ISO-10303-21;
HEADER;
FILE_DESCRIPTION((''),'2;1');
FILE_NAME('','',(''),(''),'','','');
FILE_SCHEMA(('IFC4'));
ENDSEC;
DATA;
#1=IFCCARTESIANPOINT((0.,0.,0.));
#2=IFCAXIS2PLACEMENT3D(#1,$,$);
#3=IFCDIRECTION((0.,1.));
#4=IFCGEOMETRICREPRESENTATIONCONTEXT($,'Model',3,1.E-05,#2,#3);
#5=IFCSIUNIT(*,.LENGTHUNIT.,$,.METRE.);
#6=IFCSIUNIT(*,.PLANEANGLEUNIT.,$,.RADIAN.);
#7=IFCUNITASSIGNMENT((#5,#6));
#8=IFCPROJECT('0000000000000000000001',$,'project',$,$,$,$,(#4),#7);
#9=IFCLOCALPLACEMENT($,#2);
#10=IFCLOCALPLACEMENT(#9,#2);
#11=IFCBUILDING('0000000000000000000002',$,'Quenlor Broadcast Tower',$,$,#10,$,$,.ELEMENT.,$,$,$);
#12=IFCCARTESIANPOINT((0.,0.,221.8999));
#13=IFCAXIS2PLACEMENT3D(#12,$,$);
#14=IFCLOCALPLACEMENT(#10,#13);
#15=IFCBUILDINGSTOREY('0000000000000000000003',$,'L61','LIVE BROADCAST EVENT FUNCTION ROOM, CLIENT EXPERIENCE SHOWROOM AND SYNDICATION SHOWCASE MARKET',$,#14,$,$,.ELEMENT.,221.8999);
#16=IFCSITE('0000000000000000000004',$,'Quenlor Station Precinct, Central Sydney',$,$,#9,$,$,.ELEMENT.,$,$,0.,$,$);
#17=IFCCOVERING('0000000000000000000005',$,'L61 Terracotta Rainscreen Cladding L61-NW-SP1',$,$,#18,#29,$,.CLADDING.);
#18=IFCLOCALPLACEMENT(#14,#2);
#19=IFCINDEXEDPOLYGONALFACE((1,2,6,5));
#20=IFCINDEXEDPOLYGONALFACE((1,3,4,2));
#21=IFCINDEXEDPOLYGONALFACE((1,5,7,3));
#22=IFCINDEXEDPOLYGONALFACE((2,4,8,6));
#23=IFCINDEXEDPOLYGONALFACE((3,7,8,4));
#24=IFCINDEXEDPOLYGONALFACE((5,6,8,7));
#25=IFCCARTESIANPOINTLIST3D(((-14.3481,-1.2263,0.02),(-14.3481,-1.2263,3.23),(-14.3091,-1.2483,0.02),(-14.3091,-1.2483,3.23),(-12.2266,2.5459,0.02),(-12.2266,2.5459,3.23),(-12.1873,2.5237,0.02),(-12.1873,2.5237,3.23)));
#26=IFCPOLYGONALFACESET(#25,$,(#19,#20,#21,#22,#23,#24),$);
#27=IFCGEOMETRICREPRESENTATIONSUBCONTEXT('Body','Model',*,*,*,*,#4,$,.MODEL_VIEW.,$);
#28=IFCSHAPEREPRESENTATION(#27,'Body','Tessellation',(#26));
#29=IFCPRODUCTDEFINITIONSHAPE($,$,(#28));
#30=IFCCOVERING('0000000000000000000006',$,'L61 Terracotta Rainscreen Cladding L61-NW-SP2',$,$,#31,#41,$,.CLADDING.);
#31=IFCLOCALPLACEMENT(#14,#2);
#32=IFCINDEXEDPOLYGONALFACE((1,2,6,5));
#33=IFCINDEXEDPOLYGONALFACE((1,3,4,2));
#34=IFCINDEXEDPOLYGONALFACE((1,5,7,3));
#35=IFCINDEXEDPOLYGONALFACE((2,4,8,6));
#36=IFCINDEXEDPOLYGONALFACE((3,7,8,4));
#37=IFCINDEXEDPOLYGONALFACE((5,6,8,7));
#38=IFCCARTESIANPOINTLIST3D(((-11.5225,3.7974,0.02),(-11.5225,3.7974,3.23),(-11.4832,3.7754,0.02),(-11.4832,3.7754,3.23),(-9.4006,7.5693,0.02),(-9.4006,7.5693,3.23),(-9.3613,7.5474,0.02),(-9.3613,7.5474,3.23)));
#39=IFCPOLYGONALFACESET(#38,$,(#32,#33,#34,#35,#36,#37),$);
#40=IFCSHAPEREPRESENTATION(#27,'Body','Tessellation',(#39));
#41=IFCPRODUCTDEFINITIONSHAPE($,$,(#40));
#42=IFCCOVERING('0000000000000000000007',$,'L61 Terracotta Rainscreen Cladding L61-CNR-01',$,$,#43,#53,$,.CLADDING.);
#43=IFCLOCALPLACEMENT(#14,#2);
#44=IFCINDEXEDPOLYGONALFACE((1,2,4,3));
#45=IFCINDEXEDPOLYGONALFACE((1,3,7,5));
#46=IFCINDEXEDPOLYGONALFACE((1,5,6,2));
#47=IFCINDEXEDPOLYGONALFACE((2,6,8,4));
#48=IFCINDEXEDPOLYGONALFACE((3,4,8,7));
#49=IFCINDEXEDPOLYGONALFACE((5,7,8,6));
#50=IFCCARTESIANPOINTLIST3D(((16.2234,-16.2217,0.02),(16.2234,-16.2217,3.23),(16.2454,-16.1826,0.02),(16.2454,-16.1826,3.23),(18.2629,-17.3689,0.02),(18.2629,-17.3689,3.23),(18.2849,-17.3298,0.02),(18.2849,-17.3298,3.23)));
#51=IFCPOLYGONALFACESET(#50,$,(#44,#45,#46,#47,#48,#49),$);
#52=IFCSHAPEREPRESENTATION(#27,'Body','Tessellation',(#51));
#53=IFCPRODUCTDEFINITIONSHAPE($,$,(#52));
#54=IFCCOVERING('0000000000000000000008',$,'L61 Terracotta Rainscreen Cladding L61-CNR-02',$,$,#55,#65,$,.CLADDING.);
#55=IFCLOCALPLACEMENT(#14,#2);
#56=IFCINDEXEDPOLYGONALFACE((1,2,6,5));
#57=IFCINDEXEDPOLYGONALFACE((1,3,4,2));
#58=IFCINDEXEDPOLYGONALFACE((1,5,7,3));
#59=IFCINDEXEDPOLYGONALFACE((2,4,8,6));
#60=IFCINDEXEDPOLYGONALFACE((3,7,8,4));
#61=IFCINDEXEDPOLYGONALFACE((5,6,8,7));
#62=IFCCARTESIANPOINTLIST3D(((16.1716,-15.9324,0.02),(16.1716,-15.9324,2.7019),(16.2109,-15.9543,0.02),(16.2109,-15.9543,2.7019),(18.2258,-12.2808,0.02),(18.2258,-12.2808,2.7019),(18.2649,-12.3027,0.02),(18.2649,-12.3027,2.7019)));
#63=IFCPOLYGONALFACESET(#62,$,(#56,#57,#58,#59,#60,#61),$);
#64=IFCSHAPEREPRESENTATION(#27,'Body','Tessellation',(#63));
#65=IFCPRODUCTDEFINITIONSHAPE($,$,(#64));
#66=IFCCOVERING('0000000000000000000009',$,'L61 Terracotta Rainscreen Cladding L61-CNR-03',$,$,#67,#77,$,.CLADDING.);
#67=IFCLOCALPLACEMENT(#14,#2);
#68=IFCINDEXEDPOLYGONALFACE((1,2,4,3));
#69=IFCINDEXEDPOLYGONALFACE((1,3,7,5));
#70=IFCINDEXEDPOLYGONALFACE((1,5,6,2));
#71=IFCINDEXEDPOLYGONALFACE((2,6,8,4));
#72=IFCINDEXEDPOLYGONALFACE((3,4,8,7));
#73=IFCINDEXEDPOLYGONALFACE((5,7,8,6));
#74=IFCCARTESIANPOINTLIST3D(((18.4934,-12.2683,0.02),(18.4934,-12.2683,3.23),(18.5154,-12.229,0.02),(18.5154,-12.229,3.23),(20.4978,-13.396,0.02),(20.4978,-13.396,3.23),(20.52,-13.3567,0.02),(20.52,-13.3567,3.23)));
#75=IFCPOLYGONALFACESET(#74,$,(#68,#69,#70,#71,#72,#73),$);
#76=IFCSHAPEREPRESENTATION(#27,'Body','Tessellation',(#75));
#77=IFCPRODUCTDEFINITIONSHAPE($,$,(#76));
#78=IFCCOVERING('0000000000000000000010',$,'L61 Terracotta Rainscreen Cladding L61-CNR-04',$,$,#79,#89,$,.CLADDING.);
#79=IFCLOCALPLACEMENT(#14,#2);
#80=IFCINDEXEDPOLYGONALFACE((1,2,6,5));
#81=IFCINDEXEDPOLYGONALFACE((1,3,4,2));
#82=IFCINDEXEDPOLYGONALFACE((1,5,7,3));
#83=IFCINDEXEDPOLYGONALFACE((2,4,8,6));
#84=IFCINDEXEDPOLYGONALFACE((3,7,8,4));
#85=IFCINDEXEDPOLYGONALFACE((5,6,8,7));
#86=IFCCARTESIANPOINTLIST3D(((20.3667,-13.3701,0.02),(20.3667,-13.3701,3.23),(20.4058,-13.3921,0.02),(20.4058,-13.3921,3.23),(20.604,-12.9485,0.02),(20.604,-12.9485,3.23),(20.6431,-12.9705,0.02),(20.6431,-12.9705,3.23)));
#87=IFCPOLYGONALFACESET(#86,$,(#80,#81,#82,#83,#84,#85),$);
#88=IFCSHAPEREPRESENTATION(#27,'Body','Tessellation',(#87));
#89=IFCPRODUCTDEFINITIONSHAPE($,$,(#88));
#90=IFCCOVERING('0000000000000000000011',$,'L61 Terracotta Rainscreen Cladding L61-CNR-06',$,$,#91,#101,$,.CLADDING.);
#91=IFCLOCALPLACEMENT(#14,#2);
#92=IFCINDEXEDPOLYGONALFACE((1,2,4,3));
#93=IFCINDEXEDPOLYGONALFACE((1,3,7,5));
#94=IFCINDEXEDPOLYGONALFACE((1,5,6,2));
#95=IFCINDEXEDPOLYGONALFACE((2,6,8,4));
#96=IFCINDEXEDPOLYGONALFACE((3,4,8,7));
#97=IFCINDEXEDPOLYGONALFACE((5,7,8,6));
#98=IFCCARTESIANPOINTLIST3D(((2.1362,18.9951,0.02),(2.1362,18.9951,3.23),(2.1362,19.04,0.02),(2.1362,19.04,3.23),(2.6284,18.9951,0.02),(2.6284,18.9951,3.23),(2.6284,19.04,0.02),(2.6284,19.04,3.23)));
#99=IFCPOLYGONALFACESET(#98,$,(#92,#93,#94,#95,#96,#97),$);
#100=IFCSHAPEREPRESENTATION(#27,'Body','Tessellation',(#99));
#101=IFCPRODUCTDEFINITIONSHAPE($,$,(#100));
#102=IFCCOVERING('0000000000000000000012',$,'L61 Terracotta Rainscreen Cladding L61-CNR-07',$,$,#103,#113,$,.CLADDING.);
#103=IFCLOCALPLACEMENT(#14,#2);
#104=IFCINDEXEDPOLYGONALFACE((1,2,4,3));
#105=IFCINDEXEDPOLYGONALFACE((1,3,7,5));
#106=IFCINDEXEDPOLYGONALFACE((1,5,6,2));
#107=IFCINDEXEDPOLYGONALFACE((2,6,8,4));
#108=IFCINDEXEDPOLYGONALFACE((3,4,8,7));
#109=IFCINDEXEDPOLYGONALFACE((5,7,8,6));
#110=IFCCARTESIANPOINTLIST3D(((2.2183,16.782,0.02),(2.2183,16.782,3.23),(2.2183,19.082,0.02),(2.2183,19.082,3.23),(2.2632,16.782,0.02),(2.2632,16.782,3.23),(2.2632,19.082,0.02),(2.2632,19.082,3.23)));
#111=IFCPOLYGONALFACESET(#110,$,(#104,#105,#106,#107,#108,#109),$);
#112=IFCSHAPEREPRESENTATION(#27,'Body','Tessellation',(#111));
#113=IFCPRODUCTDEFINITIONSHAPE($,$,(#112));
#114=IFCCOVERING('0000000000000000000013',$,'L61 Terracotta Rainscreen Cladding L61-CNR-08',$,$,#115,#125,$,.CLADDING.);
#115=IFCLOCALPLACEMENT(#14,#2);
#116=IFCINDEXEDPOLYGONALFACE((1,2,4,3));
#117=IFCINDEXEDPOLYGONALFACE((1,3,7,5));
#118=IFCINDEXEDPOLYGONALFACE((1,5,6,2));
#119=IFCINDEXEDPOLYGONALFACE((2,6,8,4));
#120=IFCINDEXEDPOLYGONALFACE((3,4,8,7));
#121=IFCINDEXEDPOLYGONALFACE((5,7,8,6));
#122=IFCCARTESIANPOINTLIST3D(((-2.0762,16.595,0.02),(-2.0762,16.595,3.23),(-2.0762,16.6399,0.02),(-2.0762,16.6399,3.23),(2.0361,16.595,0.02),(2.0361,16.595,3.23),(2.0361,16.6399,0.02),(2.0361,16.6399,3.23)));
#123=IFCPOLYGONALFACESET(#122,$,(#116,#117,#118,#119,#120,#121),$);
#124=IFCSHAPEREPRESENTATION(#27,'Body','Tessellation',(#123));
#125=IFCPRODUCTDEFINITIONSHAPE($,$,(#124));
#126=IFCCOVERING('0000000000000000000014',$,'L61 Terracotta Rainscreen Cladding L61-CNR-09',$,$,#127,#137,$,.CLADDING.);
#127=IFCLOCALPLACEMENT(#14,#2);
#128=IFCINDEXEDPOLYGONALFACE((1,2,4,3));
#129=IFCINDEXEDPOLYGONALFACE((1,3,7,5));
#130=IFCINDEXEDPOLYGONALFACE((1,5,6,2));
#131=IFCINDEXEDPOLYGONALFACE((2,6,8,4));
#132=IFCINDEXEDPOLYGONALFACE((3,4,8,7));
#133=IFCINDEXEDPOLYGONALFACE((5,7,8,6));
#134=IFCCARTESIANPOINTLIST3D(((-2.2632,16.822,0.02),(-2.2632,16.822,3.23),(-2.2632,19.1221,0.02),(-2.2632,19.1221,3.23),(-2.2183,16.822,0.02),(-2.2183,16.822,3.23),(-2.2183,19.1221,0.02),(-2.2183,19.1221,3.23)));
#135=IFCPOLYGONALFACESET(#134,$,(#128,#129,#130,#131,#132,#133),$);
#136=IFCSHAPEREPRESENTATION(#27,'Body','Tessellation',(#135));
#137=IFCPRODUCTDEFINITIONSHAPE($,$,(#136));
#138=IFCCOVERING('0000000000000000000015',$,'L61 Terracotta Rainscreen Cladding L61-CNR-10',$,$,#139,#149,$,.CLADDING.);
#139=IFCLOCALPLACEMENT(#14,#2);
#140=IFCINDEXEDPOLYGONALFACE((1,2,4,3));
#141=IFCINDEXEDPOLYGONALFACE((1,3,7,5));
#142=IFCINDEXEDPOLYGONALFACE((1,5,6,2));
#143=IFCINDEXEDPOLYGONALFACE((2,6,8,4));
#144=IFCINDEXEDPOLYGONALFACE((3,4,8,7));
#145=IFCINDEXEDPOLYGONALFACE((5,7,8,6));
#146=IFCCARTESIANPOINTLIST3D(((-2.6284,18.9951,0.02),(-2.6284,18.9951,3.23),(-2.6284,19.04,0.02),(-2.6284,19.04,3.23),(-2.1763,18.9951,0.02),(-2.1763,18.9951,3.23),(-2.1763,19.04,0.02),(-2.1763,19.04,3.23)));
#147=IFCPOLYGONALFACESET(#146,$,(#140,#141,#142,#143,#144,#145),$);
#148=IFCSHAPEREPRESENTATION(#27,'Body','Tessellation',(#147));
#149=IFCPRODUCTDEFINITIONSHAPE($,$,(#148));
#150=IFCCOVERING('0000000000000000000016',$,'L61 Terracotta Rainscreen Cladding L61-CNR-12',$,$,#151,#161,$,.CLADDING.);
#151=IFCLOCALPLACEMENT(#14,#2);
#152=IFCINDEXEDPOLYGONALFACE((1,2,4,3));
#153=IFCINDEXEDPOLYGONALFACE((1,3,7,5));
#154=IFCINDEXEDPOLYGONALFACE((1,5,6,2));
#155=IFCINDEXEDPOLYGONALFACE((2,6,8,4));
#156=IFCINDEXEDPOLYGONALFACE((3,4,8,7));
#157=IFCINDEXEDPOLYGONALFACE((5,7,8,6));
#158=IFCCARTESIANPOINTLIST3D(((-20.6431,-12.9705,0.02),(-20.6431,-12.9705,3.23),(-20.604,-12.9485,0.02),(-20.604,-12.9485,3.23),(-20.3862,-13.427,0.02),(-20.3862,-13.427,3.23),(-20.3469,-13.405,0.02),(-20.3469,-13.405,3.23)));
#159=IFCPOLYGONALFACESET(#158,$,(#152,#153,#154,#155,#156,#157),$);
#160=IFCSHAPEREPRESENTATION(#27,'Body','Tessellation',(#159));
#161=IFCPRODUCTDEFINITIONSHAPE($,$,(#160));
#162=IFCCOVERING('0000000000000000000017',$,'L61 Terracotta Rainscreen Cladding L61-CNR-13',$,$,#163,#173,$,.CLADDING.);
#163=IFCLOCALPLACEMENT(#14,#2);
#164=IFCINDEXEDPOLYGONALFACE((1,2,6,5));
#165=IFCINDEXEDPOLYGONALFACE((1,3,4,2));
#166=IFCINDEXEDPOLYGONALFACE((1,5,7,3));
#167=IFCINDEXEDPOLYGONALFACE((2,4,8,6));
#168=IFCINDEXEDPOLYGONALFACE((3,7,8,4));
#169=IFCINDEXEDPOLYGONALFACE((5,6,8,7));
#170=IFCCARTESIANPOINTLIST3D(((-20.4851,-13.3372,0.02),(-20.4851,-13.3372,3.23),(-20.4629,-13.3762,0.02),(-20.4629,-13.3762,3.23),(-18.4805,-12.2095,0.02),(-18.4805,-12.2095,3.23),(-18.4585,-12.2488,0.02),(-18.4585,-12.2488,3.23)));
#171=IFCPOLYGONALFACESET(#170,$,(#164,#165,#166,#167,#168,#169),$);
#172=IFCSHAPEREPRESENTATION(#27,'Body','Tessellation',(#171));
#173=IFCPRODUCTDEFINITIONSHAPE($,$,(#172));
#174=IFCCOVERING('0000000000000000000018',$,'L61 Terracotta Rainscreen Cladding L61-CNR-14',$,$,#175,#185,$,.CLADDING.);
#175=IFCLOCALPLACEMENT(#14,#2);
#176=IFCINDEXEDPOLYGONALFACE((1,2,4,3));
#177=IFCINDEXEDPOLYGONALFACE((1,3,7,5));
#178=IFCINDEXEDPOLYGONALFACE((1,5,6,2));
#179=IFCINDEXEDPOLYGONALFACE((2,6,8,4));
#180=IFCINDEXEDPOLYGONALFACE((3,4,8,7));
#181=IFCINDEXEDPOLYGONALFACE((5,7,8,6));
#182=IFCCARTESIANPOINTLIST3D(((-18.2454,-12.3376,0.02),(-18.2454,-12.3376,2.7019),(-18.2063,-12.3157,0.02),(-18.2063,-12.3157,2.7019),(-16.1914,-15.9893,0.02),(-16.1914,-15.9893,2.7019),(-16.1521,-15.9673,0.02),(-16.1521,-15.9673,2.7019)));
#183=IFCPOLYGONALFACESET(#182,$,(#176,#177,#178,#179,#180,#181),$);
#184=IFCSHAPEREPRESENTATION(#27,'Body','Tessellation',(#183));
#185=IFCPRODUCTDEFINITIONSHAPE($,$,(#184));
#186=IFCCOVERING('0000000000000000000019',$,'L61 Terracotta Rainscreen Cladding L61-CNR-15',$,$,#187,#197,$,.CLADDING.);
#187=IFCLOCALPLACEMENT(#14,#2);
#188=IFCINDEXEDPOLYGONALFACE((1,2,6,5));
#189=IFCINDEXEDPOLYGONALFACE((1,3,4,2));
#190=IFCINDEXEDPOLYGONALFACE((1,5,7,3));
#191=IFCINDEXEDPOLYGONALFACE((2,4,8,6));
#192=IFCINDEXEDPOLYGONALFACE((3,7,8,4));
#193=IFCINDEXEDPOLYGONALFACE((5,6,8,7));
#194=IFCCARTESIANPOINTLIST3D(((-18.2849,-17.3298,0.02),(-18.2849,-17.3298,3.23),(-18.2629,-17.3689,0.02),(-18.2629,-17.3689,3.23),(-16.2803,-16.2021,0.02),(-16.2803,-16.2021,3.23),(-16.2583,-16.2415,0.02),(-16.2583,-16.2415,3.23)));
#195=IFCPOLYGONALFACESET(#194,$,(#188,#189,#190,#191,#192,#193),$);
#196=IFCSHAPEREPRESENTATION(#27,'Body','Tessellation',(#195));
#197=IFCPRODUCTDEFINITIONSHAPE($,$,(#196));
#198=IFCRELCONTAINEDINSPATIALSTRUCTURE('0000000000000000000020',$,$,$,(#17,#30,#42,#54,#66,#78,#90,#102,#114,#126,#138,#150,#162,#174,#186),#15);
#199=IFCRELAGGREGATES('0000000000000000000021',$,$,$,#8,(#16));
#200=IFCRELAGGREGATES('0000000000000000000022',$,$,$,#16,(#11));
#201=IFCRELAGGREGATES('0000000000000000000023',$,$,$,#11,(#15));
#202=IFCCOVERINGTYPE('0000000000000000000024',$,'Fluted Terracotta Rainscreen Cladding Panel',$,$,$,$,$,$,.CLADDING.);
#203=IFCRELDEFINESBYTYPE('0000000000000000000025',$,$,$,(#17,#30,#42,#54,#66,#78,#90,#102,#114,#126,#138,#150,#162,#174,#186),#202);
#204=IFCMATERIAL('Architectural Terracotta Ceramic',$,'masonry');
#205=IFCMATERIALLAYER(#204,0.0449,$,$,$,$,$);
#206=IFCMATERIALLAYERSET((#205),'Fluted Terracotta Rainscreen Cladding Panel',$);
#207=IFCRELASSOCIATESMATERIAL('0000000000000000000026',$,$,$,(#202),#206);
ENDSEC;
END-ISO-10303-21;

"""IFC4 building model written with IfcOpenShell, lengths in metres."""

from ifc_helpers import new_model, si_unit, direction, frame, origin, place, context, subcontext, project, spatial, polyline, outline, extrude, material, layer, layer_set, type_object, element, save


model = new_model("IFC4")

# Units and contexts
model_context = context("Model", 3, precision=1e-05, world=origin(), true_north=direction((0.0, 1.0)))
body_context = subcontext(model_context, "Body", "Model", "MODEL_VIEW")
ifc_project = project(units=[si_unit("LENGTHUNIT", "METRE"), si_unit("PLANEANGLEUNIT", "RADIAN")], contexts=[model_context])

# Site, building, storey
site_placement = place(None, origin())
site = spatial("IfcSite", under=ifc_project, at=site_placement, Name="Quenlor Station Precinct, Central Sydney", CompositionType="ELEMENT", RefElevation=0.0)
building_placement = place(site_placement, origin())
building = spatial("IfcBuilding", under=site, at=building_placement, Name="Quenlor Broadcast Tower", CompositionType="ELEMENT")
storey_placement = place(building_placement, frame((0.0, 0.0, 221.8999)))
storey = spatial("IfcBuildingStorey", under=building, at=storey_placement, Name="L61", Description="LIVE BROADCAST EVENT FUNCTION ROOM, CLIENT EXPERIENCE SHOWROOM AND SYNDICATION SHOWCASE MARKET", CompositionType="ELEMENT", Elevation=221.8999)

# Coverings
ifc_material_1 = material(Name="Architectural Terracotta Ceramic", Category="masonry")
ifc_layer_1 = layer(ifc_material_1, 0.0449)
ifc_layer_set_1 = layer_set([ifc_layer_1], Name="Fluted Terracotta Rainscreen Cladding Panel")
covering_type_1 = type_object("IfcCoveringType", Name="Fluted Terracotta Rainscreen Cladding Panel", PredefinedType="CLADDING", material=ifc_layer_set_1)
covering_1_placement = place(storey_placement, frame((0.0, 0.0, 0.02)))
element("IfcCovering", 1, at=covering_1_placement, inside=storey, type_object=covering_type_1, Name="L61 Terracotta Rainscreen Cladding L61-NW-SP1", PredefinedType="CLADDING", context=body_context, shape_type="SweptSolid", body=[
    extrude(outline(polyline([(-14.3091, -1.2483), (-12.1873, 2.5237), (-12.2266, 2.5459), (-14.3481, -1.2263), (-14.3091, -1.2483)])), origin(), (0.0, 0.0, 1.0), 3.21),
])
covering_2_placement = place(storey_placement, frame((0.0, 0.0, 0.02)))
element("IfcCovering", 2, at=covering_2_placement, inside=storey, type_object=covering_type_1, Name="L61 Terracotta Rainscreen Cladding L61-NW-SP2", PredefinedType="CLADDING", context=body_context, shape_type="SweptSolid", body=[
    extrude(outline(polyline([(-11.4832, 3.7754), (-9.3613, 7.5474), (-9.4006, 7.5693), (-11.5225, 3.7974), (-11.4832, 3.7754)])), origin(), (0.0, 0.0, 1.0), 3.21),
])
covering_3_placement = place(storey_placement, frame((0.0, 0.0, 0.02)))
element("IfcCovering", 3, at=covering_3_placement, inside=storey, type_object=covering_type_1, Name="L61 Terracotta Rainscreen Cladding L61-CNR-01", PredefinedType="CLADDING", context=body_context, shape_type="SweptSolid", body=[
    extrude(outline(polyline([(18.2849, -17.3298), (16.2454, -16.1826), (16.2234, -16.2217), (18.2629, -17.3689), (18.2849, -17.3298)])), origin(), (0.0, 0.0, 1.0), 3.21),
])
covering_4_placement = place(storey_placement, frame((0.0, 0.0, 0.02)))
element("IfcCovering", 4, at=covering_4_placement, inside=storey, type_object=covering_type_1, Name="L61 Terracotta Rainscreen Cladding L61-CNR-02", PredefinedType="CLADDING", context=body_context, shape_type="SweptSolid", body=[
    extrude(outline(polyline([(16.2109, -15.9543), (18.2649, -12.3027), (18.2258, -12.2808), (16.1716, -15.9324), (16.2109, -15.9543)])), origin(), (0.0, 0.0, 1.0), 2.6819),
])
covering_5_placement = place(storey_placement, frame((0.0, 0.0, 0.02)))
element("IfcCovering", 5, at=covering_5_placement, inside=storey, type_object=covering_type_1, Name="L61 Terracotta Rainscreen Cladding L61-CNR-03", PredefinedType="CLADDING", context=body_context, shape_type="SweptSolid", body=[
    extrude(outline(polyline([(18.4934, -12.2683), (20.4978, -13.396), (20.52, -13.3567), (18.5154, -12.229), (18.4934, -12.2683)])), origin(), (0.0, 0.0, 1.0), 3.21),
])
covering_6_placement = place(storey_placement, frame((0.0, 0.0, 0.02)))
element("IfcCovering", 6, at=covering_6_placement, inside=storey, type_object=covering_type_1, Name="L61 Terracotta Rainscreen Cladding L61-CNR-04", PredefinedType="CLADDING", context=body_context, shape_type="SweptSolid", body=[
    extrude(outline(polyline([(20.4058, -13.3921), (20.6431, -12.9705), (20.604, -12.9485), (20.3667, -13.3701), (20.4058, -13.3921)])), origin(), (0.0, 0.0, 1.0), 3.21),
])
covering_7_placement = place(storey_placement, frame((0.0, 0.0, 0.02)))
element("IfcCovering", 7, at=covering_7_placement, inside=storey, type_object=covering_type_1, Name="L61 Terracotta Rainscreen Cladding L61-CNR-06", PredefinedType="CLADDING", context=body_context, shape_type="SweptSolid", body=[
    extrude(outline(polyline([(2.6284, 19.04), (2.1362, 19.04), (2.1362, 18.9951), (2.6284, 18.9951), (2.6284, 19.04)])), origin(), (0.0, 0.0, 1.0), 3.21),
])
covering_8_placement = place(storey_placement, frame((0.0, 0.0, 0.02)))
element("IfcCovering", 8, at=covering_8_placement, inside=storey, type_object=covering_type_1, Name="L61 Terracotta Rainscreen Cladding L61-CNR-07", PredefinedType="CLADDING", context=body_context, shape_type="SweptSolid", body=[
    extrude(outline(polyline([(2.2183, 19.082), (2.2183, 16.782), (2.2632, 16.782), (2.2632, 19.082), (2.2183, 19.082)])), origin(), (0.0, 0.0, 1.0), 3.21),
])
covering_9_placement = place(storey_placement, frame((0.0, 0.0, 0.02)))
element("IfcCovering", 9, at=covering_9_placement, inside=storey, type_object=covering_type_1, Name="L61 Terracotta Rainscreen Cladding L61-CNR-08", PredefinedType="CLADDING", context=body_context, shape_type="SweptSolid", body=[
    extrude(outline(polyline([(2.0361, 16.6399), (-2.0762, 16.6399), (-2.0762, 16.595), (2.0361, 16.595), (2.0361, 16.6399)])), origin(), (0.0, 0.0, 1.0), 3.21),
])
covering_10_placement = place(storey_placement, frame((0.0, 0.0, 0.02)))
element("IfcCovering", 10, at=covering_10_placement, inside=storey, type_object=covering_type_1, Name="L61 Terracotta Rainscreen Cladding L61-CNR-09", PredefinedType="CLADDING", context=body_context, shape_type="SweptSolid", body=[
    extrude(outline(polyline([(-2.2183, 16.822), (-2.2183, 19.1221), (-2.2632, 19.1221), (-2.2632, 16.822), (-2.2183, 16.822)])), origin(), (0.0, 0.0, 1.0), 3.21),
])
covering_11_placement = place(storey_placement, frame((0.0, 0.0, 0.02)))
element("IfcCovering", 11, at=covering_11_placement, inside=storey, type_object=covering_type_1, Name="L61 Terracotta Rainscreen Cladding L61-CNR-10", PredefinedType="CLADDING", context=body_context, shape_type="SweptSolid", body=[
    extrude(outline(polyline([(-2.1763, 19.04), (-2.6284, 19.04), (-2.6284, 18.9951), (-2.1763, 18.9951), (-2.1763, 19.04)])), origin(), (0.0, 0.0, 1.0), 3.21),
])
covering_12_placement = place(storey_placement, frame((0.0, 0.0, 0.02)))
element("IfcCovering", 12, at=covering_12_placement, inside=storey, type_object=covering_type_1, Name="L61 Terracotta Rainscreen Cladding L61-CNR-12", PredefinedType="CLADDING", context=body_context, shape_type="SweptSolid", body=[
    extrude(outline(polyline([(-20.6431, -12.9705), (-20.3862, -13.427), (-20.3469, -13.405), (-20.604, -12.9485), (-20.6431, -12.9705)])), origin(), (0.0, 0.0, 1.0), 3.21),
])
covering_13_placement = place(storey_placement, frame((0.0, 0.0, 0.02)))
element("IfcCovering", 13, at=covering_13_placement, inside=storey, type_object=covering_type_1, Name="L61 Terracotta Rainscreen Cladding L61-CNR-13", PredefinedType="CLADDING", context=body_context, shape_type="SweptSolid", body=[
    extrude(outline(polyline([(-20.4629, -13.3762), (-18.4585, -12.2488), (-18.4805, -12.2095), (-20.4851, -13.3372), (-20.4629, -13.3762)])), origin(), (0.0, 0.0, 1.0), 3.21),
])
covering_14_placement = place(storey_placement, frame((0.0, 0.0, 0.02)))
element("IfcCovering", 14, at=covering_14_placement, inside=storey, type_object=covering_type_1, Name="L61 Terracotta Rainscreen Cladding L61-CNR-14", PredefinedType="CLADDING", context=body_context, shape_type="SweptSolid", body=[
    extrude(outline(polyline([(-18.2454, -12.3376), (-16.1914, -15.9893), (-16.1521, -15.9673), (-18.2063, -12.3157), (-18.2454, -12.3376)])), origin(), (0.0, 0.0, 1.0), 2.6819),
])
covering_15_placement = place(storey_placement, frame((0.0, 0.0, 0.02)))
element("IfcCovering", 15, at=covering_15_placement, inside=storey, type_object=covering_type_1, Name="L61 Terracotta Rainscreen Cladding L61-CNR-15", PredefinedType="CLADDING", context=body_context, shape_type="SweptSolid", body=[
    extrude(outline(polyline([(-16.2803, -16.2021), (-18.2849, -17.3298), (-18.2629, -17.3689), (-16.2583, -16.2415), (-16.2803, -16.2021)])), origin(), (0.0, 0.0, 1.0), 3.21),
])

save(model, "model.ifc")
